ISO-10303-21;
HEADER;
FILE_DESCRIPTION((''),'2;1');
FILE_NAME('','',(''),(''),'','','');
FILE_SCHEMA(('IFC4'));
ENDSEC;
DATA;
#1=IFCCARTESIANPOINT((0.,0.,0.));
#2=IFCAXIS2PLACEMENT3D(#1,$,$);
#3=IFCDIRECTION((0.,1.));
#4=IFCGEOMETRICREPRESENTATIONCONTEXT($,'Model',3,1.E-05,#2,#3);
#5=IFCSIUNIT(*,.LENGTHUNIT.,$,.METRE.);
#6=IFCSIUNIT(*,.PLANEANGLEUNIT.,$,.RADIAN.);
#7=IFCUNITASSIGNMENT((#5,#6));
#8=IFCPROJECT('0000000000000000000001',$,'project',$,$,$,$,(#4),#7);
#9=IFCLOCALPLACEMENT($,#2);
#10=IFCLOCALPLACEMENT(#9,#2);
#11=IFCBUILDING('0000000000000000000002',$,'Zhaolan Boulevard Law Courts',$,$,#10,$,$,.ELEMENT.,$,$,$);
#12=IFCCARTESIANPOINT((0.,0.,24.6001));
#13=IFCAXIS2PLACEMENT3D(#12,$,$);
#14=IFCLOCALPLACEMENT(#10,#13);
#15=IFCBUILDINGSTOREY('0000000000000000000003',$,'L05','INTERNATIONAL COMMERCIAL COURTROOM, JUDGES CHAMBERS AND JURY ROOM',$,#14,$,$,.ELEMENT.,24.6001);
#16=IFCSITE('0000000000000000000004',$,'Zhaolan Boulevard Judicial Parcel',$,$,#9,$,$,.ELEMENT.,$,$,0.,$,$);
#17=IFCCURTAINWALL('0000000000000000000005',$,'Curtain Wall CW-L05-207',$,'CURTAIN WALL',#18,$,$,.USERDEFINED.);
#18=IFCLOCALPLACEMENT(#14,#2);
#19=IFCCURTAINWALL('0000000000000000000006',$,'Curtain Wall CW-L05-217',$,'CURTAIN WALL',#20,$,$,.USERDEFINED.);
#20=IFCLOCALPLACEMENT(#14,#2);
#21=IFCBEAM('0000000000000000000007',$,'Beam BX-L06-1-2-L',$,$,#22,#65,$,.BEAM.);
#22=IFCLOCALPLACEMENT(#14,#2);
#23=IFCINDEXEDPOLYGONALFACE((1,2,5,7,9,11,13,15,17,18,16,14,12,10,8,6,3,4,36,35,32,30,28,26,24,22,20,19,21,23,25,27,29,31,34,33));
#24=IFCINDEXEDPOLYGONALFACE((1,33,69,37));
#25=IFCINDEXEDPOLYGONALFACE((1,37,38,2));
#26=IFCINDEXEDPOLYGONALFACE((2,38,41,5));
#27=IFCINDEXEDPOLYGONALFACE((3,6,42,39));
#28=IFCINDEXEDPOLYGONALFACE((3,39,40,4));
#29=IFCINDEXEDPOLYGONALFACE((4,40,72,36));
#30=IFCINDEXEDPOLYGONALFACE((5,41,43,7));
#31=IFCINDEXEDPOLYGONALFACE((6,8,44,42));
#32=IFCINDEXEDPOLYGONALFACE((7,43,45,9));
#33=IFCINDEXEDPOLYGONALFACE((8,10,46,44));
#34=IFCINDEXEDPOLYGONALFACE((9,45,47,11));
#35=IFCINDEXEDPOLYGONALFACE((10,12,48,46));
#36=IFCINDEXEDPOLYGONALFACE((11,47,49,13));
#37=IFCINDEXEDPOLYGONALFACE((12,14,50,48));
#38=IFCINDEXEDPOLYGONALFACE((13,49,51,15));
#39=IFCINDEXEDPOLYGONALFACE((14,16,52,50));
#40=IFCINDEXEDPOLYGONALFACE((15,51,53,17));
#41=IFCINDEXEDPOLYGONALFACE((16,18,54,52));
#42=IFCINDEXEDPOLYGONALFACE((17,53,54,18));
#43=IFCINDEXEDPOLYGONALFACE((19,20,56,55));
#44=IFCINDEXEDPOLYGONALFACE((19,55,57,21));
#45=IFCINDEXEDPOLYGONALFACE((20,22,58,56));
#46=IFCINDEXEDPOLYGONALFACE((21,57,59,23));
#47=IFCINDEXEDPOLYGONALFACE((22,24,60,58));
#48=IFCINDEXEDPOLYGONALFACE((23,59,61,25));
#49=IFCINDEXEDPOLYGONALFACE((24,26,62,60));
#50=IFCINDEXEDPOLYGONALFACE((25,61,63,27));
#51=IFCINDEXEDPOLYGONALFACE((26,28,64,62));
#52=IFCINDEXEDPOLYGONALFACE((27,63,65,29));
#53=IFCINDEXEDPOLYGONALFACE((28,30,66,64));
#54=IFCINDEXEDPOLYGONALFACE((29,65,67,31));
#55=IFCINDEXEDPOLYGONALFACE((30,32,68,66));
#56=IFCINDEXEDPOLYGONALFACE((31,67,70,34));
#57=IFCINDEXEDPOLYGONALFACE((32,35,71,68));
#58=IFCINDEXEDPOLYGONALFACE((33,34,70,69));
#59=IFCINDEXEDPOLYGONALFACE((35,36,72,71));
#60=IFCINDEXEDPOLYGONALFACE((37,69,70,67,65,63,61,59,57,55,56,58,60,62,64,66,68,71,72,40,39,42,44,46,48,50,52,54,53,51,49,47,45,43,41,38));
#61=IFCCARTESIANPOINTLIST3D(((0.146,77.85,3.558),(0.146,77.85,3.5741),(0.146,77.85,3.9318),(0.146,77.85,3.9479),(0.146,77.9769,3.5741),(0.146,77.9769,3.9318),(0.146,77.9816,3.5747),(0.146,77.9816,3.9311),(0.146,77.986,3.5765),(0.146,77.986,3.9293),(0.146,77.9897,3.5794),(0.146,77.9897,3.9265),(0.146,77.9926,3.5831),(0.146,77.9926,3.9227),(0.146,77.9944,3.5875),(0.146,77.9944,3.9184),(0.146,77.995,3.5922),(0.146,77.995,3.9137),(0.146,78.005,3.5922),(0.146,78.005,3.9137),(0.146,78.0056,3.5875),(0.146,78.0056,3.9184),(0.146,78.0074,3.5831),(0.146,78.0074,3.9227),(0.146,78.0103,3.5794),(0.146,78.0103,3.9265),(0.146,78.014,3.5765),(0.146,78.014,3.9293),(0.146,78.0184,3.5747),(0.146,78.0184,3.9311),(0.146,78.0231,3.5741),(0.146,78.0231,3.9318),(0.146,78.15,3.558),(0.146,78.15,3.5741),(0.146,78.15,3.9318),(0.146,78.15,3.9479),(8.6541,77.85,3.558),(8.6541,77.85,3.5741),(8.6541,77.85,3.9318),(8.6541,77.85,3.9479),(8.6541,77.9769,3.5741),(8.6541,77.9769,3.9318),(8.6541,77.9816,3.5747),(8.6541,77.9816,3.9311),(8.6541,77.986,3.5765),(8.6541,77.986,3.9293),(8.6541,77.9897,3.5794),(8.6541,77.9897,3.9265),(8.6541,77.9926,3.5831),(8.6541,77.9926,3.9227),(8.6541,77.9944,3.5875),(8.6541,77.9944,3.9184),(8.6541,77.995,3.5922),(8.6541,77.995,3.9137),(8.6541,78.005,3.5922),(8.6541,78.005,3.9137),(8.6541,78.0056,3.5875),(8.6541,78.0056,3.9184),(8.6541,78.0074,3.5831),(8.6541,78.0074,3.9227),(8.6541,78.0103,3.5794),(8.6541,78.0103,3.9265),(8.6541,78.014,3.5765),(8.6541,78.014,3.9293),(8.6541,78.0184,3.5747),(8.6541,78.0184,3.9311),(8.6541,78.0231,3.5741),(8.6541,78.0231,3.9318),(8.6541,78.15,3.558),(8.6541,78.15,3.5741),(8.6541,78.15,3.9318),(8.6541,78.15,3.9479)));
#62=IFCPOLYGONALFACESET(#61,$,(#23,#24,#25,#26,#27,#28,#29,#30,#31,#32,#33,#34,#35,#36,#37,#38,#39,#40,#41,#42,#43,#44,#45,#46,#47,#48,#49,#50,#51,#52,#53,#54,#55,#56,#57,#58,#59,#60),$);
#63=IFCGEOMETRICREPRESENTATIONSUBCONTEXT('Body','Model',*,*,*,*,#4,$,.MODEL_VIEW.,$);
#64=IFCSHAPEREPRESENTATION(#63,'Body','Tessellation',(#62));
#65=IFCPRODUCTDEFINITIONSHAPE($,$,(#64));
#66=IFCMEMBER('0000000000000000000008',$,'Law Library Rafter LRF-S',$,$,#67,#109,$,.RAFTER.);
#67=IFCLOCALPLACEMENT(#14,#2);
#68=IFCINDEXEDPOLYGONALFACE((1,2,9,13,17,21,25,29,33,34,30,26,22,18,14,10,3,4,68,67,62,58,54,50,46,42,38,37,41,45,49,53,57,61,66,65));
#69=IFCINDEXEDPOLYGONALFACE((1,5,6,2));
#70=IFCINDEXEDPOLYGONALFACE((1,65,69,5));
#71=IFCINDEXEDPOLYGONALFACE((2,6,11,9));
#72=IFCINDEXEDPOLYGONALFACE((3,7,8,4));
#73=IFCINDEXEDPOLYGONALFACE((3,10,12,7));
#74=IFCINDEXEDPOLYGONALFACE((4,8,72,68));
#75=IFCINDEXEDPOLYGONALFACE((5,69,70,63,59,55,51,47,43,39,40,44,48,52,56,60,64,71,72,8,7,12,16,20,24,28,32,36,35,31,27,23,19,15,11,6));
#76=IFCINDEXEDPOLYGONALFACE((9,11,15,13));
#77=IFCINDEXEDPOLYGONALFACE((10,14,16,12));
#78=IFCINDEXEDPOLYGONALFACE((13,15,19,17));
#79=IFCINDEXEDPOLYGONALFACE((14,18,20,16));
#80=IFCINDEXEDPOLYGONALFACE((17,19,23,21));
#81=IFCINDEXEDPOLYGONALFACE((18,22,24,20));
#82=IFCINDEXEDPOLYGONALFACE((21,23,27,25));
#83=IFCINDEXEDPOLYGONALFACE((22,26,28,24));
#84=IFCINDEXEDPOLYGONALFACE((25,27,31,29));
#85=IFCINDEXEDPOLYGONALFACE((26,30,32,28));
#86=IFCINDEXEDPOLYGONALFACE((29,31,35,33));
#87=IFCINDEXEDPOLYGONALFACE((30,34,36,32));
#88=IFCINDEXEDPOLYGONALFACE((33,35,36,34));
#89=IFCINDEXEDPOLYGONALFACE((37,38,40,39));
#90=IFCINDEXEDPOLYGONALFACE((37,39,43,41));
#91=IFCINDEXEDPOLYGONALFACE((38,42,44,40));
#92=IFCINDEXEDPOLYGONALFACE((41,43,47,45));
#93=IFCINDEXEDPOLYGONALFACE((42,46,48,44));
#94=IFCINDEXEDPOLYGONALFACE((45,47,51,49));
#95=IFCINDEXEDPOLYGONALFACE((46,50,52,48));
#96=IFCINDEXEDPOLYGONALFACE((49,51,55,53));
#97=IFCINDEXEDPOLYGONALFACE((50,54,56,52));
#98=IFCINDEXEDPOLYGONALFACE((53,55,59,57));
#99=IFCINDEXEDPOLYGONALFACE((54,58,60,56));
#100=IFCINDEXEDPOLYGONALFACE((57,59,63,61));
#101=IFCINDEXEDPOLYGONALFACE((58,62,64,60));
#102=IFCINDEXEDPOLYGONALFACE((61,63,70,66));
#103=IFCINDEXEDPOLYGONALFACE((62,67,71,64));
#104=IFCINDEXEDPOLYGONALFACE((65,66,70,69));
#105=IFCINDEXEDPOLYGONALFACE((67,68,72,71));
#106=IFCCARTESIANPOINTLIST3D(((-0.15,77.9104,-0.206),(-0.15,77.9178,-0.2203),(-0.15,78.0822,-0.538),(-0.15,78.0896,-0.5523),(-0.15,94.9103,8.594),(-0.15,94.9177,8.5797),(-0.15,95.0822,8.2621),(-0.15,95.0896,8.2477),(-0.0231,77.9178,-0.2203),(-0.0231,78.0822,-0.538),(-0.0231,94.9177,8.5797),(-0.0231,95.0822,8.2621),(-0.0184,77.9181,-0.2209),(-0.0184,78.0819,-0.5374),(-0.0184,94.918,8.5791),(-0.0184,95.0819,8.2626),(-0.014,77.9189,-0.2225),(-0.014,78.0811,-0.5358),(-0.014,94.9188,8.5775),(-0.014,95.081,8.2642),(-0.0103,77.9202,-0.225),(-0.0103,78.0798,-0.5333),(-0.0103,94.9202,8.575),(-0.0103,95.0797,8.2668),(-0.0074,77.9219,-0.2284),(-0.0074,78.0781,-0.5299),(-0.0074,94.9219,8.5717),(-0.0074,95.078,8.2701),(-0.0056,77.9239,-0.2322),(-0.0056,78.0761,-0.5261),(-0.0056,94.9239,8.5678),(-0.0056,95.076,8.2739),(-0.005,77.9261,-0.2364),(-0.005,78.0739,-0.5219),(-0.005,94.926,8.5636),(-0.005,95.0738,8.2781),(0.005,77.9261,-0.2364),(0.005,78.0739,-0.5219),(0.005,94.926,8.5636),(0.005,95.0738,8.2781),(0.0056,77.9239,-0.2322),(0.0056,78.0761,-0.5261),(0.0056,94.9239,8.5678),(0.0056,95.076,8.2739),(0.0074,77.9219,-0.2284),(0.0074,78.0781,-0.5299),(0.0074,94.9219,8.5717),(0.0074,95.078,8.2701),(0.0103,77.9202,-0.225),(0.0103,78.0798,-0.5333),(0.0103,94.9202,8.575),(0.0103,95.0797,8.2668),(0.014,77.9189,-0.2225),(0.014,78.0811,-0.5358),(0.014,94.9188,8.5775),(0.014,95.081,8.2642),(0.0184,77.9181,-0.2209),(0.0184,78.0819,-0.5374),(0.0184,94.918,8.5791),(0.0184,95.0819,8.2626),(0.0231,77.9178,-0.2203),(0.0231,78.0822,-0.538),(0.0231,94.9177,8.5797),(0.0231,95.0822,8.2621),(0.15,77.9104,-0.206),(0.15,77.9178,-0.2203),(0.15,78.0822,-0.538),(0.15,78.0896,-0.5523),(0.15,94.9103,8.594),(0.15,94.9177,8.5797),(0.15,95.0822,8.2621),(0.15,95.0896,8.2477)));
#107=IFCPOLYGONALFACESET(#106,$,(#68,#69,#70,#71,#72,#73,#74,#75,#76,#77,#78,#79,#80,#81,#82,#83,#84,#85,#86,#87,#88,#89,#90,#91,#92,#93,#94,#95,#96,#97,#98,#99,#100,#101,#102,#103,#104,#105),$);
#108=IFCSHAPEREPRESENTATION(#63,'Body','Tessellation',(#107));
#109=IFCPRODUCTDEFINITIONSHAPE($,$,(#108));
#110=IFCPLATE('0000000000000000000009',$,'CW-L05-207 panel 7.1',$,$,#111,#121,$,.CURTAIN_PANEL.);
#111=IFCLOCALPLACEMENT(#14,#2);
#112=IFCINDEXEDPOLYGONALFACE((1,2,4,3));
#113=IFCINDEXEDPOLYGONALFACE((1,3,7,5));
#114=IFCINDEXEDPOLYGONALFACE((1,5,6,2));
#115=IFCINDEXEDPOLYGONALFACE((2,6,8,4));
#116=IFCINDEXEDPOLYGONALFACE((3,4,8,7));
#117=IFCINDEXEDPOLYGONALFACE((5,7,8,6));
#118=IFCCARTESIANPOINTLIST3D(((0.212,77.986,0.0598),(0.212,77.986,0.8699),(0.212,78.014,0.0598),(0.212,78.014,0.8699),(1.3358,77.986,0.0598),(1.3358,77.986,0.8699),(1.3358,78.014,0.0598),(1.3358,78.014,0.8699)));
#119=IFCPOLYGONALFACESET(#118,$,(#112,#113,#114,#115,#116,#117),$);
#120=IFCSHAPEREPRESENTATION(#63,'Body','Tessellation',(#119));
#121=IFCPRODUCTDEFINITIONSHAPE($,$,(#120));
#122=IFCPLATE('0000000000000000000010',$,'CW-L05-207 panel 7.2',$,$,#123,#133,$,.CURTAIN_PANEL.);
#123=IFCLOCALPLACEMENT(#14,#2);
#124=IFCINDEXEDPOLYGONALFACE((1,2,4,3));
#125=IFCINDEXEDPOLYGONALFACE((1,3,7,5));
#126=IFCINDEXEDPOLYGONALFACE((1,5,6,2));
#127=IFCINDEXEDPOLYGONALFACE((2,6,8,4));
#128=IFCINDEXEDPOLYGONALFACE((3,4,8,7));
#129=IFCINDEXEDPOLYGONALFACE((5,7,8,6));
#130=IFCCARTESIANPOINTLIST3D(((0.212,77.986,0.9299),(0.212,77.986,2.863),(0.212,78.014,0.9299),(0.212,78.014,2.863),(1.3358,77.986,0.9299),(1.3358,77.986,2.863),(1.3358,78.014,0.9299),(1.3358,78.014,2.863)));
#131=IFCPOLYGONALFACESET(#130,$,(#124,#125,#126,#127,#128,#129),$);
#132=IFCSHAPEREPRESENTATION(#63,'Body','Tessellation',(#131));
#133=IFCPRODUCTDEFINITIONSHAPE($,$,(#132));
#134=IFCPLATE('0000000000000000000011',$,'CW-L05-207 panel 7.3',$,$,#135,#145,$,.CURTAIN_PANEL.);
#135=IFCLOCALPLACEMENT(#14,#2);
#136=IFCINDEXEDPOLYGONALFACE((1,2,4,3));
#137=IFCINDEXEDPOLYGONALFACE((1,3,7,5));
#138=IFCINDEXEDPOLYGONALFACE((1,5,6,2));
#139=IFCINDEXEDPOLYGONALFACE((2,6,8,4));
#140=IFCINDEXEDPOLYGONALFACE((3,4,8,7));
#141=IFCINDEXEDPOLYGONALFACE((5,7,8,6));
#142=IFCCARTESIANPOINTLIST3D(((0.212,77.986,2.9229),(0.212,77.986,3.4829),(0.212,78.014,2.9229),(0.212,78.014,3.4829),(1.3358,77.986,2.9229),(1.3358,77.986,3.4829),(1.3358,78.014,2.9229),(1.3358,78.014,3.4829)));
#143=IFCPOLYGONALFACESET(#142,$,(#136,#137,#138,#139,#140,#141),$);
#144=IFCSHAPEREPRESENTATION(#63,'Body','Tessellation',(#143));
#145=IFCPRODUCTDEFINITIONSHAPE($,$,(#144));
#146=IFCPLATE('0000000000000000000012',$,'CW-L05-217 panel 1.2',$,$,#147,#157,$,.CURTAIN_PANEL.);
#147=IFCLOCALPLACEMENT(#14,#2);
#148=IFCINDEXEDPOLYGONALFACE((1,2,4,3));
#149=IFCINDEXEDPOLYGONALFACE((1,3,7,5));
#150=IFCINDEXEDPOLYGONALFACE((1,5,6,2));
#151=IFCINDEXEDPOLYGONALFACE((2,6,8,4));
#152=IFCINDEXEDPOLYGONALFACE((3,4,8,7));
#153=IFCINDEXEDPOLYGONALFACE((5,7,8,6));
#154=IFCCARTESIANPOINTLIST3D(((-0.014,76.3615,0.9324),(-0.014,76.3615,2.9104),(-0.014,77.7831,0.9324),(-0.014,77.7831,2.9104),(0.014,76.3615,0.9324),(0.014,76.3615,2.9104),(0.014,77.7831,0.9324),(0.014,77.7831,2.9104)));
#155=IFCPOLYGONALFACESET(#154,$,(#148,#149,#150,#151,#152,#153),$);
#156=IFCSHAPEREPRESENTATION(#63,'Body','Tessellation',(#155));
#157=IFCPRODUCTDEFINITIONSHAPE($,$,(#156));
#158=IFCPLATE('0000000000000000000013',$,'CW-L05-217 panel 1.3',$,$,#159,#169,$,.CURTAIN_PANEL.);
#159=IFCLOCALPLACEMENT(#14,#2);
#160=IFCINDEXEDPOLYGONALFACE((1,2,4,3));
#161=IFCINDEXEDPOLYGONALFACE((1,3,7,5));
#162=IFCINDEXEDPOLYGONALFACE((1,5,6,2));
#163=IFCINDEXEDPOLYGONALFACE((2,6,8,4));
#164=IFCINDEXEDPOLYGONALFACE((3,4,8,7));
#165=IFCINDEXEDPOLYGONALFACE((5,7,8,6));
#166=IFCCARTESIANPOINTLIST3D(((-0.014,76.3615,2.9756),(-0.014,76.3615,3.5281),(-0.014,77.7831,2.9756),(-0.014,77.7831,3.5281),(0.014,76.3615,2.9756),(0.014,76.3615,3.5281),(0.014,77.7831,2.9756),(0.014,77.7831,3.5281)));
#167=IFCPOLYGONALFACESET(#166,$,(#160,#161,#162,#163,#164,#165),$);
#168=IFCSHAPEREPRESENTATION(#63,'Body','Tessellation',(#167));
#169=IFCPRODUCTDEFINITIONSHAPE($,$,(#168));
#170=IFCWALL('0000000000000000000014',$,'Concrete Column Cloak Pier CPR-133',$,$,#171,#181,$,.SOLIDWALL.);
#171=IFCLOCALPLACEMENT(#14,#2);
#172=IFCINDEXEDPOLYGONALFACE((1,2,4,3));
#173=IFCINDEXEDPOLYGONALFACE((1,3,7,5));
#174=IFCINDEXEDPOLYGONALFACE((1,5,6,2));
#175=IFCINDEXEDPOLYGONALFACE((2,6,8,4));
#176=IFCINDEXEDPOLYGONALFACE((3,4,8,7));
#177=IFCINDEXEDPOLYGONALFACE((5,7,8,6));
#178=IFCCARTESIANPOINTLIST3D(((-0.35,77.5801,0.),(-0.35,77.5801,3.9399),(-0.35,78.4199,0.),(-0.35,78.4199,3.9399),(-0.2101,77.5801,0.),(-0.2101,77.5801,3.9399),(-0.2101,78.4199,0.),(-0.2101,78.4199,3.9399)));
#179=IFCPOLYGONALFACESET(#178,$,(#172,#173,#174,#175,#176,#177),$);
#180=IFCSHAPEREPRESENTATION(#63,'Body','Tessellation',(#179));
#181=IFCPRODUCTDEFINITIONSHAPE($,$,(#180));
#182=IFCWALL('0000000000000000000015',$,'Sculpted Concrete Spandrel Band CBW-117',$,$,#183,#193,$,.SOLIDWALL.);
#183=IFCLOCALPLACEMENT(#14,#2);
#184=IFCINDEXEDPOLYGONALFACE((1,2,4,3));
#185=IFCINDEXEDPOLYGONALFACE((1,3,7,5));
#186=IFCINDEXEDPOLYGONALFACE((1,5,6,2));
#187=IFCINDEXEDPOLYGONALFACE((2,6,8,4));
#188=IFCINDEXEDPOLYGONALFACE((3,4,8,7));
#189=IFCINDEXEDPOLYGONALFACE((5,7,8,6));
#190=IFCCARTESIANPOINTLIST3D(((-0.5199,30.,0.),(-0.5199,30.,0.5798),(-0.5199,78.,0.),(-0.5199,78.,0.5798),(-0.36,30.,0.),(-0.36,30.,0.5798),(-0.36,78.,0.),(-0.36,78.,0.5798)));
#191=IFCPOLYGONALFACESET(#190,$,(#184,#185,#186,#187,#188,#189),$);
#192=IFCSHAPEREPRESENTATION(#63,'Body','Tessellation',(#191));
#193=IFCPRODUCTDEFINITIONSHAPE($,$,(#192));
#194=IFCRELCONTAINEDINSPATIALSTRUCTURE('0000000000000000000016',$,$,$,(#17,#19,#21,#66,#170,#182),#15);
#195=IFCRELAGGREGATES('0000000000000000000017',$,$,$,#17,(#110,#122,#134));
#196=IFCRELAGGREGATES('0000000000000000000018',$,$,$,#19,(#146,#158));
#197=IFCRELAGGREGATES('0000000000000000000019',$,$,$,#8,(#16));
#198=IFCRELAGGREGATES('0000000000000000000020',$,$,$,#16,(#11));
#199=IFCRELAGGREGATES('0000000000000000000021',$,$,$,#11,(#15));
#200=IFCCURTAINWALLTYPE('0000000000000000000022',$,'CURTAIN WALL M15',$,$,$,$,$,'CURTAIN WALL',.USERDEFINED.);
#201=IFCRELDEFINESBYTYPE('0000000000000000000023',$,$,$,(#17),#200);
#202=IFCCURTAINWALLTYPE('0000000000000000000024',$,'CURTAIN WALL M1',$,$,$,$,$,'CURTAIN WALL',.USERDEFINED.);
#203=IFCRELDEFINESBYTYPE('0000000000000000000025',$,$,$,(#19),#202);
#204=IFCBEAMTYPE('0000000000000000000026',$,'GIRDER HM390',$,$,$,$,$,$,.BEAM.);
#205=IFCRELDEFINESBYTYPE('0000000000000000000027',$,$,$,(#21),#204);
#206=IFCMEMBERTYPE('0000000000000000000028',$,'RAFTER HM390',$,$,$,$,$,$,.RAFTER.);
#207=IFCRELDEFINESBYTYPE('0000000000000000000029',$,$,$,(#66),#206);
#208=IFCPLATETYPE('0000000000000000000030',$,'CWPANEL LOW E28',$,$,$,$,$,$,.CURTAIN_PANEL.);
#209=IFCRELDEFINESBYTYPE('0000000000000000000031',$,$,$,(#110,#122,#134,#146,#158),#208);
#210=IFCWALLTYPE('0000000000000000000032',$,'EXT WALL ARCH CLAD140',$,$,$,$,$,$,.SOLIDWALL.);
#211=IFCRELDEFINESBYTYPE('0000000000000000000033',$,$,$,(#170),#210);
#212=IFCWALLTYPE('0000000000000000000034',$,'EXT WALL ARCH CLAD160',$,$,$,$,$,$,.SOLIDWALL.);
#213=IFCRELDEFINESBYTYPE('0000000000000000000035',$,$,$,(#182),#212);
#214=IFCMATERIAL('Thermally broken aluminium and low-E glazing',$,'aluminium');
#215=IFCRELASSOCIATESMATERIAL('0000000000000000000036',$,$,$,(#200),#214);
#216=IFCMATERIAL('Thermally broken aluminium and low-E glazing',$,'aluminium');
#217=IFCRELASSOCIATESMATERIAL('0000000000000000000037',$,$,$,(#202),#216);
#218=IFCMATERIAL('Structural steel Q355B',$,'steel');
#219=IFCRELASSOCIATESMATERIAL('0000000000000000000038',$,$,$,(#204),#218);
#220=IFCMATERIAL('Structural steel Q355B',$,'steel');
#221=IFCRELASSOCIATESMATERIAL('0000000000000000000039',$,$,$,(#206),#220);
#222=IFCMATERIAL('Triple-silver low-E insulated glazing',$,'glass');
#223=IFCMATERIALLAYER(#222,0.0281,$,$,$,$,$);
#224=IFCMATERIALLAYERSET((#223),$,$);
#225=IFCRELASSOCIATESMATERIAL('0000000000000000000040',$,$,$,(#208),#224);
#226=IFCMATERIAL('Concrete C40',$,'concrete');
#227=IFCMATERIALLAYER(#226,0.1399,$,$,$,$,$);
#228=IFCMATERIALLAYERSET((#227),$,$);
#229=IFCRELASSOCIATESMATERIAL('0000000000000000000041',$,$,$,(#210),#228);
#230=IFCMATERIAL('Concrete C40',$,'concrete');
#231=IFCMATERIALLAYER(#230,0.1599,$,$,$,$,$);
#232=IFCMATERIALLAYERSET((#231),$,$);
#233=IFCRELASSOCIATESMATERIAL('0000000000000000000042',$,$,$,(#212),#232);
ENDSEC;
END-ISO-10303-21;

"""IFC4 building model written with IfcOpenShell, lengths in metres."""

from ifc_helpers import new_model, si_unit, direction, frame, frame_2d, origin, origin_2d, place, context, subcontext, project, spatial, rectangle, i_section, extrude, material, layer, layer_set, material_profile, profile_set, type_object, element, aggregate, save


model = new_model("IFC4")

# Units and contexts
model_context = context("Model", 3, precision=1e-05, world=origin(), true_north=direction((0.0, 1.0)))
body_context = subcontext(model_context, "Body", "Model", "MODEL_VIEW")
ifc_project = project(units=[si_unit("LENGTHUNIT", "METRE"), si_unit("PLANEANGLEUNIT", "RADIAN")], contexts=[model_context])

# Site, building, storey
site_placement = place(None, origin())
site = spatial("IfcSite", under=ifc_project, at=site_placement, Name="Zhaolan Boulevard Judicial Parcel", CompositionType="ELEMENT", RefElevation=0.0)
building_placement = place(site_placement, origin())
building = spatial("IfcBuilding", under=site, at=building_placement, Name="Zhaolan Boulevard Law Courts", CompositionType="ELEMENT")
storey_placement = place(building_placement, frame((0.0, 0.0, 24.6001)))
storey = spatial("IfcBuildingStorey", under=building, at=storey_placement, Name="L05", Description="INTERNATIONAL COMMERCIAL COURTROOM, JUDGES CHAMBERS AND JURY ROOM", CompositionType="ELEMENT", Elevation=24.6001)

# Curtain walls
ifc_material_1 = material(Name="Thermally broken aluminium and low-E glazing", Category="aluminium")
curtain_wall_type_1 = type_object("IfcCurtainWallType", Name="CURTAIN WALL M15", ElementType="CURTAIN WALL", PredefinedType="USERDEFINED", material=ifc_material_1)
curtain_wall_1_placement = place(storey_placement, origin())
curtain_wall_1 = element("IfcCurtainWall", 1, at=curtain_wall_1_placement, inside=storey, type_object=curtain_wall_type_1, Name="Curtain Wall CW-L05-207", ObjectType="CURTAIN WALL", PredefinedType="USERDEFINED")
ifc_material_2 = material(Name="Thermally broken aluminium and low-E glazing", Category="aluminium")
curtain_wall_type_2 = type_object("IfcCurtainWallType", Name="CURTAIN WALL M1", ElementType="CURTAIN WALL", PredefinedType="USERDEFINED", material=ifc_material_2)
curtain_wall_2_placement = place(storey_placement, origin())
curtain_wall_2 = element("IfcCurtainWall", 2, at=curtain_wall_2_placement, inside=storey, type_object=curtain_wall_type_2, Name="Curtain Wall CW-L05-217", ObjectType="CURTAIN WALL", PredefinedType="USERDEFINED")

# Beam
ifc_material_3 = material(Name="Structural steel Q355B", Category="steel")
ifc_material_profile_1 = material_profile(ifc_material_3, i_section(OverallWidth=0.3, OverallDepth=0.3899, WebThickness=0.01, FlangeThickness=0.0161, FilletRadius=0.0181, at=origin_2d()), Name="HM390x300")
ifc_profile_set_1 = profile_set([ifc_material_profile_1], Name="Structural steel Q355B")
beam_type = type_object("IfcBeamType", Name="GIRDER HM390", PredefinedType="BEAM", material=ifc_profile_set_1)
beam_placement = place(storey_placement, frame((0.146, 78.0, 3.7529), z_axis=(1.0, 0.0, 0.0), x_axis=(0.0, 1.0, 0.0)))
element("IfcBeam", 3, at=beam_placement, inside=storey, type_object=beam_type, Name="Beam BX-L06-1-2-L", PredefinedType="BEAM", context=body_context, shape_type="SweptSolid", body=[
    extrude(i_section(OverallWidth=0.3, OverallDepth=0.3899, WebThickness=0.01, FlangeThickness=0.0161, FilletRadius=0.0181, at=origin_2d()), origin(), (0.0, 0.0, 1.0), 8.5081),
])

# Member
ifc_material_4 = material(Name="Structural steel Q355B", Category="steel")
ifc_material_profile_2 = material_profile(ifc_material_4, i_section(OverallWidth=0.3, OverallDepth=0.3899, WebThickness=0.01, FlangeThickness=0.0161, FilletRadius=0.0181, at=origin_2d()), Name="HM390x300")
ifc_profile_set_2 = profile_set([ifc_material_profile_2], Name="Structural steel Q355B")
member_type_1 = type_object("IfcMemberType", Name="RAFTER HM390", PredefinedType="RAFTER", material=ifc_profile_set_2)
member_1_placement = place(storey_placement, frame((0.0, 78.0, -0.3792), z_axis=(0.0, 0.88807, 0.459709), x_axis=(-1.0, 0.0, 0.0)))
element("IfcMember", 4, at=member_1_placement, inside=storey, type_object=member_type_1, Name="Law Library Rafter LRF-S", PredefinedType="RAFTER", context=body_context, shape_type="SweptSolid", body=[
    extrude(i_section(OverallWidth=0.3, OverallDepth=0.3899, WebThickness=0.01, FlangeThickness=0.0161, FilletRadius=0.0181, at=origin_2d()), origin(), (0.0, 0.0, 1.0), 19.1426),
])

# Plates
ifc_material_5 = material(Name="Triple-silver low-E insulated glazing", Category="glass")
ifc_layer_1 = layer(ifc_material_5, 0.0281)
ifc_layer_set_1 = layer_set([ifc_layer_1])
plate_type = type_object("IfcPlateType", Name="CWPANEL LOW E28", PredefinedType="CURTAIN_PANEL", material=ifc_layer_set_1)
plate_1_placement = place(storey_placement, frame((0.7739, 78.0, 0.0598), z_axis=(0.0, 0.0, 1.0), x_axis=(-1.0, 0.0, 0.0)))
plate_1 = element("IfcPlate", 5, at=plate_1_placement, type_object=plate_type, Name="CW-L05-207 panel 7.1", PredefinedType="CURTAIN_PANEL", context=body_context, shape_type="SweptSolid", body=[
    extrude(rectangle(XDim=1.1238, YDim=0.0281, at=origin_2d()), origin(), (0.0, 0.0, 1.0), 0.8101),
])
plate_2_placement = place(storey_placement, frame((0.7739, 78.0, 0.9299), z_axis=(0.0, 0.0, 1.0), x_axis=(-1.0, 0.0, 0.0)))
plate_2 = element("IfcPlate", 6, at=plate_2_placement, type_object=plate_type, Name="CW-L05-207 panel 7.2", PredefinedType="CURTAIN_PANEL", context=body_context, shape_type="SweptSolid", body=[
    extrude(rectangle(XDim=1.1238, YDim=0.0281, at=origin_2d()), origin(), (0.0, 0.0, 1.0), 1.9331),
])
plate_3_placement = place(storey_placement, frame((0.7739, 78.0, 2.9229), z_axis=(0.0, 0.0, 1.0), x_axis=(-1.0, 0.0, 0.0)))
plate_3 = element("IfcPlate", 7, at=plate_3_placement, type_object=plate_type, Name="CW-L05-207 panel 7.3", PredefinedType="CURTAIN_PANEL", context=body_context, shape_type="SweptSolid", body=[
    extrude(rectangle(XDim=1.1238, YDim=0.0281, at=origin_2d()), origin(), (0.0, 0.0, 1.0), 0.5601),
])
aggregate(curtain_wall_1, [plate_1, plate_2, plate_3])
plate_4_placement = place(storey_placement, frame((0.0, 77.0723, 0.9324), z_axis=(0.0, 0.0, 1.0), x_axis=(0.0, -1.0, 0.0)))
plate_4 = element("IfcPlate", 8, at=plate_4_placement, type_object=plate_type, Name="CW-L05-217 panel 1.2", PredefinedType="CURTAIN_PANEL", context=body_context, shape_type="SweptSolid", body=[
    extrude(rectangle(XDim=1.4216, YDim=0.0281, at=origin_2d()), origin(), (0.0, 0.0, 1.0), 1.978),
])
plate_5_placement = place(storey_placement, frame((0.0, 77.0723, 2.9756), z_axis=(0.0, 0.0, 1.0), x_axis=(0.0, -1.0, 0.0)))
plate_5 = element("IfcPlate", 9, at=plate_5_placement, type_object=plate_type, Name="CW-L05-217 panel 1.3", PredefinedType="CURTAIN_PANEL", context=body_context, shape_type="SweptSolid", body=[
    extrude(rectangle(XDim=1.4216, YDim=0.0281, at=origin_2d()), origin(), (0.0, 0.0, 1.0), 0.5525),
])
aggregate(curtain_wall_2, [plate_4, plate_5])

# Walls
ifc_material_6 = material(Name="Concrete C40", Category="concrete")
ifc_layer_2 = layer(ifc_material_6, 0.1399)
ifc_layer_set_2 = layer_set([ifc_layer_2])
wall_type_1 = type_object("IfcWallType", Name="EXT WALL ARCH CLAD140", PredefinedType="SOLIDWALL", material=ifc_layer_set_2)
wall_1_placement = place(storey_placement, frame((-0.28, 77.5801, 0.0), z_axis=(0.0, 0.0, 1.0), x_axis=(0.0, 1.0, 0.0)))
element("IfcWall", 10, at=wall_1_placement, inside=storey, type_object=wall_type_1, Name="Concrete Column Cloak Pier CPR-133", PredefinedType="SOLIDWALL", context=body_context, shape_type="SweptSolid", body=[
    extrude(rectangle(XDim=0.8398, YDim=0.1399, at=frame_2d((0.4199, 0.0))), origin(), (0.0, 0.0, 1.0), 3.9399),
])
ifc_material_7 = material(Name="Concrete C40", Category="concrete")
ifc_layer_3 = layer(ifc_material_7, 0.1599)
ifc_layer_set_3 = layer_set([ifc_layer_3])
wall_type_2 = type_object("IfcWallType", Name="EXT WALL ARCH CLAD160", PredefinedType="SOLIDWALL", material=ifc_layer_set_3)
wall_2_placement = place(storey_placement, frame((-0.4399, 78.0, 0.0), z_axis=(0.0, 0.0, 1.0), x_axis=(0.0, -1.0, 0.0)))
element("IfcWall", 11, at=wall_2_placement, inside=storey, type_object=wall_type_2, Name="Sculpted Concrete Spandrel Band CBW-117", PredefinedType="SOLIDWALL", context=body_context, shape_type="SweptSolid", body=[
    extrude(rectangle(XDim=48.0, YDim=0.1599, at=frame_2d((24.0, 0.0))), origin(), (0.0, 0.0, 1.0), 0.5798),
])

save(model, "model.ifc")
